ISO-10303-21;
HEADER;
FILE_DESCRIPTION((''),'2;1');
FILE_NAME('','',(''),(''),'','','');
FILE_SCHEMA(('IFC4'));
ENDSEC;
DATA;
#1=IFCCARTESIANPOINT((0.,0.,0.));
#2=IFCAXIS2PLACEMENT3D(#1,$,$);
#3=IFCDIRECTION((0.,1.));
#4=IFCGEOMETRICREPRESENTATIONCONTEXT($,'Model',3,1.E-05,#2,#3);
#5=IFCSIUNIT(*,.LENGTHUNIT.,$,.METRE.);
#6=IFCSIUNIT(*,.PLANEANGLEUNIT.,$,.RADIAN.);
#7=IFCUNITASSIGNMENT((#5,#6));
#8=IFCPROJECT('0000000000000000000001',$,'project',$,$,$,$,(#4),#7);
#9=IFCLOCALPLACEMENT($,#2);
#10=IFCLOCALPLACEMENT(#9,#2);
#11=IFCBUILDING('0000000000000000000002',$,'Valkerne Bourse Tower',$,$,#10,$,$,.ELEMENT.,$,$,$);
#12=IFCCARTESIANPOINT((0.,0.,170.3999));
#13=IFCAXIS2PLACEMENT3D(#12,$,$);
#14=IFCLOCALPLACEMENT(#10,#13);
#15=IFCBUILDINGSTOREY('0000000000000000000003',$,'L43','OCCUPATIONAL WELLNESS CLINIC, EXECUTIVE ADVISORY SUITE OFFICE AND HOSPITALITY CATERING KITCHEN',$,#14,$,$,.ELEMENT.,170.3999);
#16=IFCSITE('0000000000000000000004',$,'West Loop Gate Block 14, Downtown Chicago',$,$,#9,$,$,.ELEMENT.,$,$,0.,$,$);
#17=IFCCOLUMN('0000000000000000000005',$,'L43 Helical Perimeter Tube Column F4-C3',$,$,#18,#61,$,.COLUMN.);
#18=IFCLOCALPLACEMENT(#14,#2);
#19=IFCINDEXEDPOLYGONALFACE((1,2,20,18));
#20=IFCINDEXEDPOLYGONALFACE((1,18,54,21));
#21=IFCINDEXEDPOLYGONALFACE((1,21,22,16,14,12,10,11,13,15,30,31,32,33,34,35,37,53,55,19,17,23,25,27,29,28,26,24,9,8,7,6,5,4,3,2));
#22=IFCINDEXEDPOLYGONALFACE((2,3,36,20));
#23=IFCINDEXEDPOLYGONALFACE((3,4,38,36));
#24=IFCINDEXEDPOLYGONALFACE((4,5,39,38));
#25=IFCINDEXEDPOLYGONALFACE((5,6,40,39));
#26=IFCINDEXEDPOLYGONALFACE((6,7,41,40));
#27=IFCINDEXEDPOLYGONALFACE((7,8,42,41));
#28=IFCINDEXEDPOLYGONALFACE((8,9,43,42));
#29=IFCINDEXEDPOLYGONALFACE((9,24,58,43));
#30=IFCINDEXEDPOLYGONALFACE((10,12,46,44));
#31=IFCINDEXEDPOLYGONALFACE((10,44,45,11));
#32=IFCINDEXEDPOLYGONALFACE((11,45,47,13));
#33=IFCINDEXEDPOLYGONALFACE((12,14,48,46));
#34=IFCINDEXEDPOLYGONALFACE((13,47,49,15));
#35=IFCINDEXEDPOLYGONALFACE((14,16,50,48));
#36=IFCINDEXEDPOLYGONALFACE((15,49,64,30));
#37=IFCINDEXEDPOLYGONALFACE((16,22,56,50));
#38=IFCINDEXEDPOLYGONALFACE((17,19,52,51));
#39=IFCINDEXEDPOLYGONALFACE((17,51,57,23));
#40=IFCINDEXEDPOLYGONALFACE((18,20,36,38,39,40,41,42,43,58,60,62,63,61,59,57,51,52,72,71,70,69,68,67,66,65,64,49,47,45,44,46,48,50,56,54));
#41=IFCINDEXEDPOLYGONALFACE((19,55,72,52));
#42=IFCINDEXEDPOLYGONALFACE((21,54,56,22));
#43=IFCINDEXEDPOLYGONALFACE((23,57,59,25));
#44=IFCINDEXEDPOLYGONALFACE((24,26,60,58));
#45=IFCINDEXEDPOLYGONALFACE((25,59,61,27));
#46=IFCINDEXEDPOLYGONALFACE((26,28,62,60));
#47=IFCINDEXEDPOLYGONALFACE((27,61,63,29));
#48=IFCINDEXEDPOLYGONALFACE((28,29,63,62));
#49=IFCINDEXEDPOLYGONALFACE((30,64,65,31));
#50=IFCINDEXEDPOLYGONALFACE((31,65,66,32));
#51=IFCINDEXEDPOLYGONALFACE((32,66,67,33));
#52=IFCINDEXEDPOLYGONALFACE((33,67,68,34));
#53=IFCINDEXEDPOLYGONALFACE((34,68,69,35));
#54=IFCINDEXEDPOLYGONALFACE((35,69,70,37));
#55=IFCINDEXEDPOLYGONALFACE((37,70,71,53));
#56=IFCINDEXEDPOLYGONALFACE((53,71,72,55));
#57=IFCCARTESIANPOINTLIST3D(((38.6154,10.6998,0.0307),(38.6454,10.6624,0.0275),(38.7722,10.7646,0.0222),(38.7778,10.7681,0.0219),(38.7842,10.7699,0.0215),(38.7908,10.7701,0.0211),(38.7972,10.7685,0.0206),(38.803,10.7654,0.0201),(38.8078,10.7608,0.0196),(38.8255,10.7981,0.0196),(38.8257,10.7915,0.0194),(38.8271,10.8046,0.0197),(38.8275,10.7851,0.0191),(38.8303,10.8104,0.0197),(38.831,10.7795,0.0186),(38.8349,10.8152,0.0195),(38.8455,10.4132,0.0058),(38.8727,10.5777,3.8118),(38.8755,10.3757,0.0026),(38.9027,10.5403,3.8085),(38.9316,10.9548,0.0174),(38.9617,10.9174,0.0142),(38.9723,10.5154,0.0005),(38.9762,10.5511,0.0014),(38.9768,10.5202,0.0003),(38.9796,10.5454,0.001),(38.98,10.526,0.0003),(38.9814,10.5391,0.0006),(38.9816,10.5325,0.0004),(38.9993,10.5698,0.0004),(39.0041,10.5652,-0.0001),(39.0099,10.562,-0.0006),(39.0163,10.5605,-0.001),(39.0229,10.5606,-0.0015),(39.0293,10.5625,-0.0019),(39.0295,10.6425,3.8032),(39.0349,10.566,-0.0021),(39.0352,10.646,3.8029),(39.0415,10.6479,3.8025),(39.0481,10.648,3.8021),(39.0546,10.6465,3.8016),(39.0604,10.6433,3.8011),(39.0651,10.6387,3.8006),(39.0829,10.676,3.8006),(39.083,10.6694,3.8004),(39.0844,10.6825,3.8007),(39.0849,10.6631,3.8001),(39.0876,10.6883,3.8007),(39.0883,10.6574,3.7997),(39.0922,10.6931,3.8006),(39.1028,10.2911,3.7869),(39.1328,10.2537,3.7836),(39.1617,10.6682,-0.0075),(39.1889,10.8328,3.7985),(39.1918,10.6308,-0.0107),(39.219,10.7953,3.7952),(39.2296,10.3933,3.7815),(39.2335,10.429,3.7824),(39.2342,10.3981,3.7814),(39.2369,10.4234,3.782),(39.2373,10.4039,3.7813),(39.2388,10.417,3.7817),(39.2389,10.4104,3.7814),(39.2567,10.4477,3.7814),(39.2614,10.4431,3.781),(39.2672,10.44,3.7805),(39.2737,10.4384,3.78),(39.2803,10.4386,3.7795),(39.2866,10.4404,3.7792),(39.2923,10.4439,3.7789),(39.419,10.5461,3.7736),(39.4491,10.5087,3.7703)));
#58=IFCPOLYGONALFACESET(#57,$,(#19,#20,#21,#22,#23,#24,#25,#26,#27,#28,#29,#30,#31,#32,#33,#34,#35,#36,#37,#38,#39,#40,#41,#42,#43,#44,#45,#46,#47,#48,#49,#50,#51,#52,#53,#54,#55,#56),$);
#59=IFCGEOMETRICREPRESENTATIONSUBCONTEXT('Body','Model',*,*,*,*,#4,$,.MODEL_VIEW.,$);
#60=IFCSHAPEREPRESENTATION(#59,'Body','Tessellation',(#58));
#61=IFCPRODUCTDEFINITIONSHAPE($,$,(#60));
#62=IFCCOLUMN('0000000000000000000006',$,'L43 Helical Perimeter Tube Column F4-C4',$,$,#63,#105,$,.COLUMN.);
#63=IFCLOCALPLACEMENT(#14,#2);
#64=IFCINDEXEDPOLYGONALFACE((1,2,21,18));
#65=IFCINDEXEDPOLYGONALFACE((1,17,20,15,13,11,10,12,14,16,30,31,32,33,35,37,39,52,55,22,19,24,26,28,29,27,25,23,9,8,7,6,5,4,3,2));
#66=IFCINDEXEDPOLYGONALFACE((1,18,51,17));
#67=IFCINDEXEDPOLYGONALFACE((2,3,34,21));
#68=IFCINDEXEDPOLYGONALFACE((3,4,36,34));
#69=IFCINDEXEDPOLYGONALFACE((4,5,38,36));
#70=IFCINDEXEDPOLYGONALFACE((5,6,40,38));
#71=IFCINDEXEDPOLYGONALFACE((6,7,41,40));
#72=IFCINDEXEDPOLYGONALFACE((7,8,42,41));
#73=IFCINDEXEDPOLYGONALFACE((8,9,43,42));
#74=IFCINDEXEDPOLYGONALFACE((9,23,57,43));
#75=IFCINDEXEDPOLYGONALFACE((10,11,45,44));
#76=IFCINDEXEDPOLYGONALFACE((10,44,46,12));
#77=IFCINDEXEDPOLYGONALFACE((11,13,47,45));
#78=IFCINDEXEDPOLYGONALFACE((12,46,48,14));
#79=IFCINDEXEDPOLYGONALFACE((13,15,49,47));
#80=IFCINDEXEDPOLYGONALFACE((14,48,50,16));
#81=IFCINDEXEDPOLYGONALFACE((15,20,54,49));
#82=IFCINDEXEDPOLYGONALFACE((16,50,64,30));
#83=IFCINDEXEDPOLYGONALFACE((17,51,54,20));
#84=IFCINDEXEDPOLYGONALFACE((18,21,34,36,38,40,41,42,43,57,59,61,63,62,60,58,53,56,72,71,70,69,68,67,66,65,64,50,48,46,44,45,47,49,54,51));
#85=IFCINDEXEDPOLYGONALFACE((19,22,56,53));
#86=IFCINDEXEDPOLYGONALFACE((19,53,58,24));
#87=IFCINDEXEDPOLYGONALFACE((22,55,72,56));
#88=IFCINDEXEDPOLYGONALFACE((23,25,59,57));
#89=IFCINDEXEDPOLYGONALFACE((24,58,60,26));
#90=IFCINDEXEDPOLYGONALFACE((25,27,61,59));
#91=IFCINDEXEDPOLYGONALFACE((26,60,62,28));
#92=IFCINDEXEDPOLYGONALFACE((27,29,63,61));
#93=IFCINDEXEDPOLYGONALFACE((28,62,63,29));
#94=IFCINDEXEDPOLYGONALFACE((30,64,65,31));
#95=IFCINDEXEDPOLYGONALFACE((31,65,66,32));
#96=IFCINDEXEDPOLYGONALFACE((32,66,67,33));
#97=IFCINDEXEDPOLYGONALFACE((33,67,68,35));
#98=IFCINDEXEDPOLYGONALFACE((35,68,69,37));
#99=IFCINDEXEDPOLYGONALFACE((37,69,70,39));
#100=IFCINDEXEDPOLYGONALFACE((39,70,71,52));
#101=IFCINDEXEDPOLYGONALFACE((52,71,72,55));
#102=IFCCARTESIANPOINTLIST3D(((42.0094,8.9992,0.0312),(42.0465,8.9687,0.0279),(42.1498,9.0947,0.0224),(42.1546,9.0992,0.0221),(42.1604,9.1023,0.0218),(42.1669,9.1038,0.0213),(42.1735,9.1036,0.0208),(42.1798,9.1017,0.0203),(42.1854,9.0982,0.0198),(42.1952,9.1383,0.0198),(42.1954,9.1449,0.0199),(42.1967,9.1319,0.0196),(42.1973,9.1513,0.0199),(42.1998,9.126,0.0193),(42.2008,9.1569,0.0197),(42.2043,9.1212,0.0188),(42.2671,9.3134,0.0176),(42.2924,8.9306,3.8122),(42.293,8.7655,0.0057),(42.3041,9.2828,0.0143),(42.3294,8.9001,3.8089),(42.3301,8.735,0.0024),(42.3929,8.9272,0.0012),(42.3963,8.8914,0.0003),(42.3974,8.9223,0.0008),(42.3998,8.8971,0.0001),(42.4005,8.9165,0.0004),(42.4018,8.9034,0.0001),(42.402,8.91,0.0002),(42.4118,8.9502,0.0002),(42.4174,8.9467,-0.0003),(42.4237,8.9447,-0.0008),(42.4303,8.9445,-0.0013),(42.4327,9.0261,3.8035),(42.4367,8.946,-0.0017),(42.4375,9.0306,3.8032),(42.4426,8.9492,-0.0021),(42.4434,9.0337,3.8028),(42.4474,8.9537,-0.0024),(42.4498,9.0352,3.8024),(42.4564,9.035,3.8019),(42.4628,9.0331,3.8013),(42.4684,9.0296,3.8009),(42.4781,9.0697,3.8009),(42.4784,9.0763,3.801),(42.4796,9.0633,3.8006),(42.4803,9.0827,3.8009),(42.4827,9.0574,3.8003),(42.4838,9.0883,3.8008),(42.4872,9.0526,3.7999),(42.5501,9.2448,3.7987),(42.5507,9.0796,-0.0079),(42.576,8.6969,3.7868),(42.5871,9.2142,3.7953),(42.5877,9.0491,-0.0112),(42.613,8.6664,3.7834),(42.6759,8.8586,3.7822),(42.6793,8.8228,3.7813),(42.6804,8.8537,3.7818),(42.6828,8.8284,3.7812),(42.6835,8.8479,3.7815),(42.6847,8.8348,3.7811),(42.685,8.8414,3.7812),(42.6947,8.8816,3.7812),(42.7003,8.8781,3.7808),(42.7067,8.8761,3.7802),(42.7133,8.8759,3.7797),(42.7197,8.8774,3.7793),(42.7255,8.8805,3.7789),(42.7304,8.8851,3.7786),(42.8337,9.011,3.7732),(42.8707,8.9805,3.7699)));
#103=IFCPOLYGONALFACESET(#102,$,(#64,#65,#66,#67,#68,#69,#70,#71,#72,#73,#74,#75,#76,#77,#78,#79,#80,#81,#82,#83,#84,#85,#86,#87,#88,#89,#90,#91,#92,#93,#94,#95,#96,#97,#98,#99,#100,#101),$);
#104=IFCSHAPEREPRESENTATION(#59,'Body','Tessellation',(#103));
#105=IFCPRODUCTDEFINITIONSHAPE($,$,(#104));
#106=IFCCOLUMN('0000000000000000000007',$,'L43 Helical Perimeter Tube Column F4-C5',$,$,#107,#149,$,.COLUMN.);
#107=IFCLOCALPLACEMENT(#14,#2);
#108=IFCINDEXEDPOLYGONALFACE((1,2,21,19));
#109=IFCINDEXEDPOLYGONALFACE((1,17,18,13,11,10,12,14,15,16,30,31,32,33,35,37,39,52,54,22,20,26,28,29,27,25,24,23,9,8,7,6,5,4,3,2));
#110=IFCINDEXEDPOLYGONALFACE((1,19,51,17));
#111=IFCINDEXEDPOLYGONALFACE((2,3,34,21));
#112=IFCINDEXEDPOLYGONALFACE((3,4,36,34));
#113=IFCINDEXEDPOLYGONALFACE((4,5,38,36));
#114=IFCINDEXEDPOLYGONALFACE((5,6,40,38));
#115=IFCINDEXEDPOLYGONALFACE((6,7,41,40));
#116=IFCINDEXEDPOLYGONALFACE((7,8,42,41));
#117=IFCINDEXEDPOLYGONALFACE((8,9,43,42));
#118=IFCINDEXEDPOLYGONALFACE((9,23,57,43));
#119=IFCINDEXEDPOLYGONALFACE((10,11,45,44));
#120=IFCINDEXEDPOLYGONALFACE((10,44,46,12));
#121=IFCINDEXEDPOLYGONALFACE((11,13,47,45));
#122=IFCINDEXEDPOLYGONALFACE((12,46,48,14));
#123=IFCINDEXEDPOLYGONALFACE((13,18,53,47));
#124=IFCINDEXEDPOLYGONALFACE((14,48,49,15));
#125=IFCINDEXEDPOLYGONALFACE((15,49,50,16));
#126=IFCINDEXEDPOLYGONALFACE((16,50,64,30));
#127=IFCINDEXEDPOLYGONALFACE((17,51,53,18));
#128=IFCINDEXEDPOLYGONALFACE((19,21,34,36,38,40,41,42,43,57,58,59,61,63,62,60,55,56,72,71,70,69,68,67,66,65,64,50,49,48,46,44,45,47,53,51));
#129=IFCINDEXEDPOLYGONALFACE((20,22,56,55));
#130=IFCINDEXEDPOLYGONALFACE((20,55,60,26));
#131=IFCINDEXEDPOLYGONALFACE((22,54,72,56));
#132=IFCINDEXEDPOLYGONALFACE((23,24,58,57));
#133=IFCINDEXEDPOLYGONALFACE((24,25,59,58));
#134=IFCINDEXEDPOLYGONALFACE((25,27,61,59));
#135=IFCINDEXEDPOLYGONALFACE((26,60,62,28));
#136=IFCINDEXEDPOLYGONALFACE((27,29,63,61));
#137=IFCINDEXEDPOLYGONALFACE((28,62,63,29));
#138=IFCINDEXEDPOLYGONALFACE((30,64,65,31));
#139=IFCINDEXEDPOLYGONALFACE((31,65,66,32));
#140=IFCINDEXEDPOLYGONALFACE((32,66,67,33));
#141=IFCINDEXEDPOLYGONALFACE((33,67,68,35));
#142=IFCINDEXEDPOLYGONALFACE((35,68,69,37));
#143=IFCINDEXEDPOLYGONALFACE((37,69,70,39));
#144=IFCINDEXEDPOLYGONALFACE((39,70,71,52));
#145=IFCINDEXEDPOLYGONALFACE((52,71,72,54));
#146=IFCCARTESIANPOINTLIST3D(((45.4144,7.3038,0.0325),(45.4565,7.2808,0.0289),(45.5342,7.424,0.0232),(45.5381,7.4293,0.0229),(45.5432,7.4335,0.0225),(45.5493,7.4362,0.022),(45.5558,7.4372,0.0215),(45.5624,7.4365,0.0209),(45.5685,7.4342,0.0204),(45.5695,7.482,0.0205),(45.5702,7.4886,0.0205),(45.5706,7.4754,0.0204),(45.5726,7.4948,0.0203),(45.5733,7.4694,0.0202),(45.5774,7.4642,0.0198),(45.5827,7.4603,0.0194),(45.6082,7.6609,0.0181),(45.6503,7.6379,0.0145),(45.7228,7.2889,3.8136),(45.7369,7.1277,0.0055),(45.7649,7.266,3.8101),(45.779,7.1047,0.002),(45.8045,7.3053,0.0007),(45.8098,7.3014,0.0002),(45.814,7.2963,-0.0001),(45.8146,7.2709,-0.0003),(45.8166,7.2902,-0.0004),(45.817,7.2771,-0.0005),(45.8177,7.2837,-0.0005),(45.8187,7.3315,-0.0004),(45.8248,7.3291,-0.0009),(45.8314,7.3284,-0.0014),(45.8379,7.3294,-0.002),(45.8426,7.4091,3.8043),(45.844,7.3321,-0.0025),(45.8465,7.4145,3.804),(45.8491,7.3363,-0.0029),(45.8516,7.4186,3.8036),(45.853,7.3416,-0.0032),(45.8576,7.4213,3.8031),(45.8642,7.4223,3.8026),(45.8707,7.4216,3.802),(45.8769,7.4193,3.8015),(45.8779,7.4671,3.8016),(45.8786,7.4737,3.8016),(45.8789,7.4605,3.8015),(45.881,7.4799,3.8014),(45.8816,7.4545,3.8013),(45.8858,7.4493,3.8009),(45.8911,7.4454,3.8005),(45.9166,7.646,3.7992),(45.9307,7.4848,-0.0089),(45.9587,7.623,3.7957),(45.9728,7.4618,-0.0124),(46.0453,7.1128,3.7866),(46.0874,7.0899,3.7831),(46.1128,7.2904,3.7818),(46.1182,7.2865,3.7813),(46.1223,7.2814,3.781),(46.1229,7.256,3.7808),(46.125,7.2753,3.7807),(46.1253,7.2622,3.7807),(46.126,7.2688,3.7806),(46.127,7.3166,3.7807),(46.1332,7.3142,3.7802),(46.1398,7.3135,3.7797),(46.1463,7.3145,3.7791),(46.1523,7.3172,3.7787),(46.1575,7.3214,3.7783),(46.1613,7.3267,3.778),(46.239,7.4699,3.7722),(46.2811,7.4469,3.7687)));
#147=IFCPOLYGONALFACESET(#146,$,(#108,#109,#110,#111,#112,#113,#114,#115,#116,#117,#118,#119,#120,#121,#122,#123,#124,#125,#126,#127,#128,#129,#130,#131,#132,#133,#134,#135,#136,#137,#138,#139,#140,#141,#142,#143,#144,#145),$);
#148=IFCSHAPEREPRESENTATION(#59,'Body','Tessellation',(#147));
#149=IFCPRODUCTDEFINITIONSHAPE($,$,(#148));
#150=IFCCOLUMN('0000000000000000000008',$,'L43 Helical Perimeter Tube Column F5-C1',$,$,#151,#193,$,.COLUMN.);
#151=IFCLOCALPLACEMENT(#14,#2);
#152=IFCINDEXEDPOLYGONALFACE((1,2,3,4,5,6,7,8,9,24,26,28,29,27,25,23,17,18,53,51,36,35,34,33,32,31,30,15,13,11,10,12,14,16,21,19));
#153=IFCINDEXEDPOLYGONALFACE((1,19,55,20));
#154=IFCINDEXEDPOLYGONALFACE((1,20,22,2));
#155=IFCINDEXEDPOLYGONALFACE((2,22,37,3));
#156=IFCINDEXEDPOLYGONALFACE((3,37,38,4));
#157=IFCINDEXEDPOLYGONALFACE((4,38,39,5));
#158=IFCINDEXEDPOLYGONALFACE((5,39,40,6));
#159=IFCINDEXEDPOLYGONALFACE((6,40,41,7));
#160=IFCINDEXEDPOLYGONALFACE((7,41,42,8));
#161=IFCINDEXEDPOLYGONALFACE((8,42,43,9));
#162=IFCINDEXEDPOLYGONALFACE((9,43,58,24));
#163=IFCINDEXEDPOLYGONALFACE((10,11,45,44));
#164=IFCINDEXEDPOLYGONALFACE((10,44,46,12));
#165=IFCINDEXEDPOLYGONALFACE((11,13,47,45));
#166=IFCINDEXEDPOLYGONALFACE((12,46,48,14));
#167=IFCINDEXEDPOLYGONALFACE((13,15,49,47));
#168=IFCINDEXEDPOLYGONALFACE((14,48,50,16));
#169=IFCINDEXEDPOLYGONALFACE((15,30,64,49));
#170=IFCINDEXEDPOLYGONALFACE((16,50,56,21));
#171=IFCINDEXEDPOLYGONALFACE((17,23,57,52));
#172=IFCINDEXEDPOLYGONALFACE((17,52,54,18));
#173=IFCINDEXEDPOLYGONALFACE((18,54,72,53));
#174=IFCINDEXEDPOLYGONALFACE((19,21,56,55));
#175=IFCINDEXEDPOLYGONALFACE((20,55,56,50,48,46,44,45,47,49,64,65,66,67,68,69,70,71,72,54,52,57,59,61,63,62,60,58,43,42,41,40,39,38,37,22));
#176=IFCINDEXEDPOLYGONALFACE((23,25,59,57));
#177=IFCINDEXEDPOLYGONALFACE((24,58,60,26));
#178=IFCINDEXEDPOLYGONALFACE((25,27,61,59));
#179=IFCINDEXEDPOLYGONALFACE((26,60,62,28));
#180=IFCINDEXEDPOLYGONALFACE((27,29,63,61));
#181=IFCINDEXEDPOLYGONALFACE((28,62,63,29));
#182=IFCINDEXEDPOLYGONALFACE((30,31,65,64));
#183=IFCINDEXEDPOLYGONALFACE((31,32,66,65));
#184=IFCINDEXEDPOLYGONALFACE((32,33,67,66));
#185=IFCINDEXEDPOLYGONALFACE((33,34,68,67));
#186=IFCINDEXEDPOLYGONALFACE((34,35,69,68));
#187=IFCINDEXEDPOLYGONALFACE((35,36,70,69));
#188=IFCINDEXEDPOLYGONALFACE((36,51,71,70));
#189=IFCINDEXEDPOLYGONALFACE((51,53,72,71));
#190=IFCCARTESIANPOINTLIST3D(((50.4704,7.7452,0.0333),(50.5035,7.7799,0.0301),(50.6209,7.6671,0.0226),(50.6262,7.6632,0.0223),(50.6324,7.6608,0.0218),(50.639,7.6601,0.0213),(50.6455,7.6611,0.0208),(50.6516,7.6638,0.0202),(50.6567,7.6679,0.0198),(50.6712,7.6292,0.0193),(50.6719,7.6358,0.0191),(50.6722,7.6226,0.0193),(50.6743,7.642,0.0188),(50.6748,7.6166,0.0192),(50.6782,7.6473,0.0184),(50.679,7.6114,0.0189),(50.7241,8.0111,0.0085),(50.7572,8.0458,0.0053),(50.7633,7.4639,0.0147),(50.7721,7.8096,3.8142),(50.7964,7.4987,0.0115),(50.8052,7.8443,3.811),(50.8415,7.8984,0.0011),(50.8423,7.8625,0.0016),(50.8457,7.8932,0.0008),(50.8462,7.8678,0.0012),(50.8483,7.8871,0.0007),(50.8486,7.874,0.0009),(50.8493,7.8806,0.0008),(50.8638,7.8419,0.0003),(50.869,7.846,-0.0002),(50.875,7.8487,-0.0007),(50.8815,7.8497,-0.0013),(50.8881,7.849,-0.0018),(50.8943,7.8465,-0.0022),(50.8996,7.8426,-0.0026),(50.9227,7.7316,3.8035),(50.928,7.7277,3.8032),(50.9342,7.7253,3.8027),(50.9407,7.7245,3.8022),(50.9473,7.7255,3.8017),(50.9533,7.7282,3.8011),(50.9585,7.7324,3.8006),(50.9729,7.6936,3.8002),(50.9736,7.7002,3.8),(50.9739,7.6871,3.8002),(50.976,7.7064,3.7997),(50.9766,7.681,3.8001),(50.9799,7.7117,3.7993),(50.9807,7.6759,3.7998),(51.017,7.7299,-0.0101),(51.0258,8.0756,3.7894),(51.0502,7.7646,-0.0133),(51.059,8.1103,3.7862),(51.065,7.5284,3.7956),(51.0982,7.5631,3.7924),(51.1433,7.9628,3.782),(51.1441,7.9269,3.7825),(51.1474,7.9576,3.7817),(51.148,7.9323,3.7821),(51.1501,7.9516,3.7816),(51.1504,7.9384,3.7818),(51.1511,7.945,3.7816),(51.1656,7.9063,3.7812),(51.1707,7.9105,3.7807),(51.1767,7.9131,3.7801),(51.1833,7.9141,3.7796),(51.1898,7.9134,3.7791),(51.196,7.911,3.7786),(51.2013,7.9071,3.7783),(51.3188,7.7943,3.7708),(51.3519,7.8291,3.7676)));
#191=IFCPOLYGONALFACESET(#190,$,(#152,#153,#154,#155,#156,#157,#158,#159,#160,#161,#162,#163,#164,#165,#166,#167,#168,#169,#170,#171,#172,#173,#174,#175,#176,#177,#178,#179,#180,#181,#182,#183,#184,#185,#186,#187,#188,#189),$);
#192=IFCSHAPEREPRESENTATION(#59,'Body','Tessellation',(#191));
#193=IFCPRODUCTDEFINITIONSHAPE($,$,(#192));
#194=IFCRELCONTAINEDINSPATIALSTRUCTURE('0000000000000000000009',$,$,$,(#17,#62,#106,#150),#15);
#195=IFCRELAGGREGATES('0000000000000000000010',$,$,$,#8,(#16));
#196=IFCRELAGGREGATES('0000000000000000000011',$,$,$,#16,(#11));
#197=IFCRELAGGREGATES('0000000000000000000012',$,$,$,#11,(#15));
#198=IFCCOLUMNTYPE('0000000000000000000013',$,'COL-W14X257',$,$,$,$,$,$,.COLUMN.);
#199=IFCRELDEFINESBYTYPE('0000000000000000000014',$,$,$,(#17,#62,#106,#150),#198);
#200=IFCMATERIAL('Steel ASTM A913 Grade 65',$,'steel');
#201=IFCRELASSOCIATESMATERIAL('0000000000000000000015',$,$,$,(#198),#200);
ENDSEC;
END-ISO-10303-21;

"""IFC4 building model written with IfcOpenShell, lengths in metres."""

from ifc_helpers import new_model, si_unit, direction, frame, origin, origin_2d, place, context, subcontext, project, spatial, i_section, extrude, material, material_profile, profile_set, type_object, element, save


model = new_model("IFC4")

# Units and contexts
model_context = context("Model", 3, precision=1e-05, world=origin(), true_north=direction((0.0, 1.0)))
body_context = subcontext(model_context, "Body", "Model", "MODEL_VIEW")
ifc_project = project(units=[si_unit("LENGTHUNIT", "METRE"), si_unit("PLANEANGLEUNIT", "RADIAN")], contexts=[model_context])

# Site, building, storey
site_placement = place(None, origin())
site = spatial("IfcSite", under=ifc_project, at=site_placement, Name="West Loop Gate Block 14, Downtown Chicago", CompositionType="ELEMENT", RefElevation=0.0)
building_placement = place(site_placement, origin())
building = spatial("IfcBuilding", under=site, at=building_placement, Name="Valkerne Bourse Tower", CompositionType="ELEMENT")
storey_placement = place(building_placement, frame((0.0, 0.0, 170.3999)))
storey = spatial("IfcBuildingStorey", under=building, at=storey_placement, Name="L43", Description="OCCUPATIONAL WELLNESS CLINIC, EXECUTIVE ADVISORY SUITE OFFICE AND HOSPITALITY CATERING KITCHEN", CompositionType="ELEMENT", Elevation=170.3999)

# Columns
ifc_material_1 = material(Name="Steel ASTM A913 Grade 65", Category="steel")
ifc_material_profile_1 = material_profile(ifc_material_1, i_section(OverallWidth=0.4065, OverallDepth=0.4165, WebThickness=0.0298, FlangeThickness=0.0481, FilletRadius=0.0254, at=origin_2d()), Name="W14X257")
ifc_profile_set_1 = profile_set([ifc_material_profile_1], Name="Steel ASTM A913 Grade 65")
column_type = type_object("IfcColumnType", Name="COL-W14X257", PredefinedType="COLUMN", material=ifc_profile_set_1)
column_1_placement = place(storey_placement, frame((38.9036, 10.6653, 0.01), z_axis=(0.067865, -0.032194, 0.997175), x_axis=(0.777996, 0.627418, -0.032692)))
element("IfcColumn", 1, at=column_1_placement, inside=storey, type_object=column_type, Name="L43 Helical Perimeter Tube Column F4-C3", PredefinedType="COLUMN", context=body_context, shape_type="SweptSolid", body=[
    extrude(i_section(OverallWidth=0.4065, OverallDepth=0.4165, WebThickness=0.0298, FlangeThickness=0.0481, FilletRadius=0.0254, at=origin_2d()), origin(), (0.0, 0.0, 1.0), 3.7917),
])
column_2_placement = place(storey_placement, frame((42.2986, 9.0242, 0.01), z_axis=(0.074616, -0.018091, 0.997048), x_axis=(0.633865, 0.772721, -0.033416)))
element("IfcColumn", 2, at=column_2_placement, inside=storey, type_object=column_type, Name="L43 Helical Perimeter Tube Column F4-C4", PredefinedType="COLUMN", context=body_context, shape_type="SweptSolid", body=[
    extrude(i_section(OverallWidth=0.4065, OverallDepth=0.4165, WebThickness=0.0298, FlangeThickness=0.0481, FilletRadius=0.0254, at=origin_2d()), origin(), (0.0, 0.0, 1.0), 3.7922),
])
column_3_placement = place(storey_placement, frame((45.6936, 7.3828, 0.01), z_axis=(0.081282, -0.003926, 0.996683), x_axis=(0.476715, 0.878344, -0.035418)))
element("IfcColumn", 3, at=column_3_placement, inside=storey, type_object=column_type, Name="L43 Helical Perimeter Tube Column F4-C5", PredefinedType="COLUMN", context=body_context, shape_type="SweptSolid", body=[
    extrude(i_section(OverallWidth=0.4065, OverallDepth=0.4165, WebThickness=0.0298, FlangeThickness=0.0481, FilletRadius=0.0254, at=origin_2d()), origin(), (0.0, 0.0, 1.0), 3.7937),
])
column_4_placement = place(storey_placement, frame((50.7603, 7.7549, 0.01), z_axis=(0.079544, 0.01699, 0.996687), x_axis=(-0.720624, 0.691817, 0.045719)))
element("IfcColumn", 4, at=column_4_placement, inside=storey, type_object=column_type, Name="L43 Helical Perimeter Tube Column F5-C1", PredefinedType="COLUMN", context=body_context, shape_type="SweptSolid", body=[
    extrude(i_section(OverallWidth=0.4065, OverallDepth=0.4165, WebThickness=0.0298, FlangeThickness=0.0481, FilletRadius=0.0254, at=origin_2d()), origin(), (0.0, 0.0, 1.0), 3.7935),
])

save(model, "model.ifc")
